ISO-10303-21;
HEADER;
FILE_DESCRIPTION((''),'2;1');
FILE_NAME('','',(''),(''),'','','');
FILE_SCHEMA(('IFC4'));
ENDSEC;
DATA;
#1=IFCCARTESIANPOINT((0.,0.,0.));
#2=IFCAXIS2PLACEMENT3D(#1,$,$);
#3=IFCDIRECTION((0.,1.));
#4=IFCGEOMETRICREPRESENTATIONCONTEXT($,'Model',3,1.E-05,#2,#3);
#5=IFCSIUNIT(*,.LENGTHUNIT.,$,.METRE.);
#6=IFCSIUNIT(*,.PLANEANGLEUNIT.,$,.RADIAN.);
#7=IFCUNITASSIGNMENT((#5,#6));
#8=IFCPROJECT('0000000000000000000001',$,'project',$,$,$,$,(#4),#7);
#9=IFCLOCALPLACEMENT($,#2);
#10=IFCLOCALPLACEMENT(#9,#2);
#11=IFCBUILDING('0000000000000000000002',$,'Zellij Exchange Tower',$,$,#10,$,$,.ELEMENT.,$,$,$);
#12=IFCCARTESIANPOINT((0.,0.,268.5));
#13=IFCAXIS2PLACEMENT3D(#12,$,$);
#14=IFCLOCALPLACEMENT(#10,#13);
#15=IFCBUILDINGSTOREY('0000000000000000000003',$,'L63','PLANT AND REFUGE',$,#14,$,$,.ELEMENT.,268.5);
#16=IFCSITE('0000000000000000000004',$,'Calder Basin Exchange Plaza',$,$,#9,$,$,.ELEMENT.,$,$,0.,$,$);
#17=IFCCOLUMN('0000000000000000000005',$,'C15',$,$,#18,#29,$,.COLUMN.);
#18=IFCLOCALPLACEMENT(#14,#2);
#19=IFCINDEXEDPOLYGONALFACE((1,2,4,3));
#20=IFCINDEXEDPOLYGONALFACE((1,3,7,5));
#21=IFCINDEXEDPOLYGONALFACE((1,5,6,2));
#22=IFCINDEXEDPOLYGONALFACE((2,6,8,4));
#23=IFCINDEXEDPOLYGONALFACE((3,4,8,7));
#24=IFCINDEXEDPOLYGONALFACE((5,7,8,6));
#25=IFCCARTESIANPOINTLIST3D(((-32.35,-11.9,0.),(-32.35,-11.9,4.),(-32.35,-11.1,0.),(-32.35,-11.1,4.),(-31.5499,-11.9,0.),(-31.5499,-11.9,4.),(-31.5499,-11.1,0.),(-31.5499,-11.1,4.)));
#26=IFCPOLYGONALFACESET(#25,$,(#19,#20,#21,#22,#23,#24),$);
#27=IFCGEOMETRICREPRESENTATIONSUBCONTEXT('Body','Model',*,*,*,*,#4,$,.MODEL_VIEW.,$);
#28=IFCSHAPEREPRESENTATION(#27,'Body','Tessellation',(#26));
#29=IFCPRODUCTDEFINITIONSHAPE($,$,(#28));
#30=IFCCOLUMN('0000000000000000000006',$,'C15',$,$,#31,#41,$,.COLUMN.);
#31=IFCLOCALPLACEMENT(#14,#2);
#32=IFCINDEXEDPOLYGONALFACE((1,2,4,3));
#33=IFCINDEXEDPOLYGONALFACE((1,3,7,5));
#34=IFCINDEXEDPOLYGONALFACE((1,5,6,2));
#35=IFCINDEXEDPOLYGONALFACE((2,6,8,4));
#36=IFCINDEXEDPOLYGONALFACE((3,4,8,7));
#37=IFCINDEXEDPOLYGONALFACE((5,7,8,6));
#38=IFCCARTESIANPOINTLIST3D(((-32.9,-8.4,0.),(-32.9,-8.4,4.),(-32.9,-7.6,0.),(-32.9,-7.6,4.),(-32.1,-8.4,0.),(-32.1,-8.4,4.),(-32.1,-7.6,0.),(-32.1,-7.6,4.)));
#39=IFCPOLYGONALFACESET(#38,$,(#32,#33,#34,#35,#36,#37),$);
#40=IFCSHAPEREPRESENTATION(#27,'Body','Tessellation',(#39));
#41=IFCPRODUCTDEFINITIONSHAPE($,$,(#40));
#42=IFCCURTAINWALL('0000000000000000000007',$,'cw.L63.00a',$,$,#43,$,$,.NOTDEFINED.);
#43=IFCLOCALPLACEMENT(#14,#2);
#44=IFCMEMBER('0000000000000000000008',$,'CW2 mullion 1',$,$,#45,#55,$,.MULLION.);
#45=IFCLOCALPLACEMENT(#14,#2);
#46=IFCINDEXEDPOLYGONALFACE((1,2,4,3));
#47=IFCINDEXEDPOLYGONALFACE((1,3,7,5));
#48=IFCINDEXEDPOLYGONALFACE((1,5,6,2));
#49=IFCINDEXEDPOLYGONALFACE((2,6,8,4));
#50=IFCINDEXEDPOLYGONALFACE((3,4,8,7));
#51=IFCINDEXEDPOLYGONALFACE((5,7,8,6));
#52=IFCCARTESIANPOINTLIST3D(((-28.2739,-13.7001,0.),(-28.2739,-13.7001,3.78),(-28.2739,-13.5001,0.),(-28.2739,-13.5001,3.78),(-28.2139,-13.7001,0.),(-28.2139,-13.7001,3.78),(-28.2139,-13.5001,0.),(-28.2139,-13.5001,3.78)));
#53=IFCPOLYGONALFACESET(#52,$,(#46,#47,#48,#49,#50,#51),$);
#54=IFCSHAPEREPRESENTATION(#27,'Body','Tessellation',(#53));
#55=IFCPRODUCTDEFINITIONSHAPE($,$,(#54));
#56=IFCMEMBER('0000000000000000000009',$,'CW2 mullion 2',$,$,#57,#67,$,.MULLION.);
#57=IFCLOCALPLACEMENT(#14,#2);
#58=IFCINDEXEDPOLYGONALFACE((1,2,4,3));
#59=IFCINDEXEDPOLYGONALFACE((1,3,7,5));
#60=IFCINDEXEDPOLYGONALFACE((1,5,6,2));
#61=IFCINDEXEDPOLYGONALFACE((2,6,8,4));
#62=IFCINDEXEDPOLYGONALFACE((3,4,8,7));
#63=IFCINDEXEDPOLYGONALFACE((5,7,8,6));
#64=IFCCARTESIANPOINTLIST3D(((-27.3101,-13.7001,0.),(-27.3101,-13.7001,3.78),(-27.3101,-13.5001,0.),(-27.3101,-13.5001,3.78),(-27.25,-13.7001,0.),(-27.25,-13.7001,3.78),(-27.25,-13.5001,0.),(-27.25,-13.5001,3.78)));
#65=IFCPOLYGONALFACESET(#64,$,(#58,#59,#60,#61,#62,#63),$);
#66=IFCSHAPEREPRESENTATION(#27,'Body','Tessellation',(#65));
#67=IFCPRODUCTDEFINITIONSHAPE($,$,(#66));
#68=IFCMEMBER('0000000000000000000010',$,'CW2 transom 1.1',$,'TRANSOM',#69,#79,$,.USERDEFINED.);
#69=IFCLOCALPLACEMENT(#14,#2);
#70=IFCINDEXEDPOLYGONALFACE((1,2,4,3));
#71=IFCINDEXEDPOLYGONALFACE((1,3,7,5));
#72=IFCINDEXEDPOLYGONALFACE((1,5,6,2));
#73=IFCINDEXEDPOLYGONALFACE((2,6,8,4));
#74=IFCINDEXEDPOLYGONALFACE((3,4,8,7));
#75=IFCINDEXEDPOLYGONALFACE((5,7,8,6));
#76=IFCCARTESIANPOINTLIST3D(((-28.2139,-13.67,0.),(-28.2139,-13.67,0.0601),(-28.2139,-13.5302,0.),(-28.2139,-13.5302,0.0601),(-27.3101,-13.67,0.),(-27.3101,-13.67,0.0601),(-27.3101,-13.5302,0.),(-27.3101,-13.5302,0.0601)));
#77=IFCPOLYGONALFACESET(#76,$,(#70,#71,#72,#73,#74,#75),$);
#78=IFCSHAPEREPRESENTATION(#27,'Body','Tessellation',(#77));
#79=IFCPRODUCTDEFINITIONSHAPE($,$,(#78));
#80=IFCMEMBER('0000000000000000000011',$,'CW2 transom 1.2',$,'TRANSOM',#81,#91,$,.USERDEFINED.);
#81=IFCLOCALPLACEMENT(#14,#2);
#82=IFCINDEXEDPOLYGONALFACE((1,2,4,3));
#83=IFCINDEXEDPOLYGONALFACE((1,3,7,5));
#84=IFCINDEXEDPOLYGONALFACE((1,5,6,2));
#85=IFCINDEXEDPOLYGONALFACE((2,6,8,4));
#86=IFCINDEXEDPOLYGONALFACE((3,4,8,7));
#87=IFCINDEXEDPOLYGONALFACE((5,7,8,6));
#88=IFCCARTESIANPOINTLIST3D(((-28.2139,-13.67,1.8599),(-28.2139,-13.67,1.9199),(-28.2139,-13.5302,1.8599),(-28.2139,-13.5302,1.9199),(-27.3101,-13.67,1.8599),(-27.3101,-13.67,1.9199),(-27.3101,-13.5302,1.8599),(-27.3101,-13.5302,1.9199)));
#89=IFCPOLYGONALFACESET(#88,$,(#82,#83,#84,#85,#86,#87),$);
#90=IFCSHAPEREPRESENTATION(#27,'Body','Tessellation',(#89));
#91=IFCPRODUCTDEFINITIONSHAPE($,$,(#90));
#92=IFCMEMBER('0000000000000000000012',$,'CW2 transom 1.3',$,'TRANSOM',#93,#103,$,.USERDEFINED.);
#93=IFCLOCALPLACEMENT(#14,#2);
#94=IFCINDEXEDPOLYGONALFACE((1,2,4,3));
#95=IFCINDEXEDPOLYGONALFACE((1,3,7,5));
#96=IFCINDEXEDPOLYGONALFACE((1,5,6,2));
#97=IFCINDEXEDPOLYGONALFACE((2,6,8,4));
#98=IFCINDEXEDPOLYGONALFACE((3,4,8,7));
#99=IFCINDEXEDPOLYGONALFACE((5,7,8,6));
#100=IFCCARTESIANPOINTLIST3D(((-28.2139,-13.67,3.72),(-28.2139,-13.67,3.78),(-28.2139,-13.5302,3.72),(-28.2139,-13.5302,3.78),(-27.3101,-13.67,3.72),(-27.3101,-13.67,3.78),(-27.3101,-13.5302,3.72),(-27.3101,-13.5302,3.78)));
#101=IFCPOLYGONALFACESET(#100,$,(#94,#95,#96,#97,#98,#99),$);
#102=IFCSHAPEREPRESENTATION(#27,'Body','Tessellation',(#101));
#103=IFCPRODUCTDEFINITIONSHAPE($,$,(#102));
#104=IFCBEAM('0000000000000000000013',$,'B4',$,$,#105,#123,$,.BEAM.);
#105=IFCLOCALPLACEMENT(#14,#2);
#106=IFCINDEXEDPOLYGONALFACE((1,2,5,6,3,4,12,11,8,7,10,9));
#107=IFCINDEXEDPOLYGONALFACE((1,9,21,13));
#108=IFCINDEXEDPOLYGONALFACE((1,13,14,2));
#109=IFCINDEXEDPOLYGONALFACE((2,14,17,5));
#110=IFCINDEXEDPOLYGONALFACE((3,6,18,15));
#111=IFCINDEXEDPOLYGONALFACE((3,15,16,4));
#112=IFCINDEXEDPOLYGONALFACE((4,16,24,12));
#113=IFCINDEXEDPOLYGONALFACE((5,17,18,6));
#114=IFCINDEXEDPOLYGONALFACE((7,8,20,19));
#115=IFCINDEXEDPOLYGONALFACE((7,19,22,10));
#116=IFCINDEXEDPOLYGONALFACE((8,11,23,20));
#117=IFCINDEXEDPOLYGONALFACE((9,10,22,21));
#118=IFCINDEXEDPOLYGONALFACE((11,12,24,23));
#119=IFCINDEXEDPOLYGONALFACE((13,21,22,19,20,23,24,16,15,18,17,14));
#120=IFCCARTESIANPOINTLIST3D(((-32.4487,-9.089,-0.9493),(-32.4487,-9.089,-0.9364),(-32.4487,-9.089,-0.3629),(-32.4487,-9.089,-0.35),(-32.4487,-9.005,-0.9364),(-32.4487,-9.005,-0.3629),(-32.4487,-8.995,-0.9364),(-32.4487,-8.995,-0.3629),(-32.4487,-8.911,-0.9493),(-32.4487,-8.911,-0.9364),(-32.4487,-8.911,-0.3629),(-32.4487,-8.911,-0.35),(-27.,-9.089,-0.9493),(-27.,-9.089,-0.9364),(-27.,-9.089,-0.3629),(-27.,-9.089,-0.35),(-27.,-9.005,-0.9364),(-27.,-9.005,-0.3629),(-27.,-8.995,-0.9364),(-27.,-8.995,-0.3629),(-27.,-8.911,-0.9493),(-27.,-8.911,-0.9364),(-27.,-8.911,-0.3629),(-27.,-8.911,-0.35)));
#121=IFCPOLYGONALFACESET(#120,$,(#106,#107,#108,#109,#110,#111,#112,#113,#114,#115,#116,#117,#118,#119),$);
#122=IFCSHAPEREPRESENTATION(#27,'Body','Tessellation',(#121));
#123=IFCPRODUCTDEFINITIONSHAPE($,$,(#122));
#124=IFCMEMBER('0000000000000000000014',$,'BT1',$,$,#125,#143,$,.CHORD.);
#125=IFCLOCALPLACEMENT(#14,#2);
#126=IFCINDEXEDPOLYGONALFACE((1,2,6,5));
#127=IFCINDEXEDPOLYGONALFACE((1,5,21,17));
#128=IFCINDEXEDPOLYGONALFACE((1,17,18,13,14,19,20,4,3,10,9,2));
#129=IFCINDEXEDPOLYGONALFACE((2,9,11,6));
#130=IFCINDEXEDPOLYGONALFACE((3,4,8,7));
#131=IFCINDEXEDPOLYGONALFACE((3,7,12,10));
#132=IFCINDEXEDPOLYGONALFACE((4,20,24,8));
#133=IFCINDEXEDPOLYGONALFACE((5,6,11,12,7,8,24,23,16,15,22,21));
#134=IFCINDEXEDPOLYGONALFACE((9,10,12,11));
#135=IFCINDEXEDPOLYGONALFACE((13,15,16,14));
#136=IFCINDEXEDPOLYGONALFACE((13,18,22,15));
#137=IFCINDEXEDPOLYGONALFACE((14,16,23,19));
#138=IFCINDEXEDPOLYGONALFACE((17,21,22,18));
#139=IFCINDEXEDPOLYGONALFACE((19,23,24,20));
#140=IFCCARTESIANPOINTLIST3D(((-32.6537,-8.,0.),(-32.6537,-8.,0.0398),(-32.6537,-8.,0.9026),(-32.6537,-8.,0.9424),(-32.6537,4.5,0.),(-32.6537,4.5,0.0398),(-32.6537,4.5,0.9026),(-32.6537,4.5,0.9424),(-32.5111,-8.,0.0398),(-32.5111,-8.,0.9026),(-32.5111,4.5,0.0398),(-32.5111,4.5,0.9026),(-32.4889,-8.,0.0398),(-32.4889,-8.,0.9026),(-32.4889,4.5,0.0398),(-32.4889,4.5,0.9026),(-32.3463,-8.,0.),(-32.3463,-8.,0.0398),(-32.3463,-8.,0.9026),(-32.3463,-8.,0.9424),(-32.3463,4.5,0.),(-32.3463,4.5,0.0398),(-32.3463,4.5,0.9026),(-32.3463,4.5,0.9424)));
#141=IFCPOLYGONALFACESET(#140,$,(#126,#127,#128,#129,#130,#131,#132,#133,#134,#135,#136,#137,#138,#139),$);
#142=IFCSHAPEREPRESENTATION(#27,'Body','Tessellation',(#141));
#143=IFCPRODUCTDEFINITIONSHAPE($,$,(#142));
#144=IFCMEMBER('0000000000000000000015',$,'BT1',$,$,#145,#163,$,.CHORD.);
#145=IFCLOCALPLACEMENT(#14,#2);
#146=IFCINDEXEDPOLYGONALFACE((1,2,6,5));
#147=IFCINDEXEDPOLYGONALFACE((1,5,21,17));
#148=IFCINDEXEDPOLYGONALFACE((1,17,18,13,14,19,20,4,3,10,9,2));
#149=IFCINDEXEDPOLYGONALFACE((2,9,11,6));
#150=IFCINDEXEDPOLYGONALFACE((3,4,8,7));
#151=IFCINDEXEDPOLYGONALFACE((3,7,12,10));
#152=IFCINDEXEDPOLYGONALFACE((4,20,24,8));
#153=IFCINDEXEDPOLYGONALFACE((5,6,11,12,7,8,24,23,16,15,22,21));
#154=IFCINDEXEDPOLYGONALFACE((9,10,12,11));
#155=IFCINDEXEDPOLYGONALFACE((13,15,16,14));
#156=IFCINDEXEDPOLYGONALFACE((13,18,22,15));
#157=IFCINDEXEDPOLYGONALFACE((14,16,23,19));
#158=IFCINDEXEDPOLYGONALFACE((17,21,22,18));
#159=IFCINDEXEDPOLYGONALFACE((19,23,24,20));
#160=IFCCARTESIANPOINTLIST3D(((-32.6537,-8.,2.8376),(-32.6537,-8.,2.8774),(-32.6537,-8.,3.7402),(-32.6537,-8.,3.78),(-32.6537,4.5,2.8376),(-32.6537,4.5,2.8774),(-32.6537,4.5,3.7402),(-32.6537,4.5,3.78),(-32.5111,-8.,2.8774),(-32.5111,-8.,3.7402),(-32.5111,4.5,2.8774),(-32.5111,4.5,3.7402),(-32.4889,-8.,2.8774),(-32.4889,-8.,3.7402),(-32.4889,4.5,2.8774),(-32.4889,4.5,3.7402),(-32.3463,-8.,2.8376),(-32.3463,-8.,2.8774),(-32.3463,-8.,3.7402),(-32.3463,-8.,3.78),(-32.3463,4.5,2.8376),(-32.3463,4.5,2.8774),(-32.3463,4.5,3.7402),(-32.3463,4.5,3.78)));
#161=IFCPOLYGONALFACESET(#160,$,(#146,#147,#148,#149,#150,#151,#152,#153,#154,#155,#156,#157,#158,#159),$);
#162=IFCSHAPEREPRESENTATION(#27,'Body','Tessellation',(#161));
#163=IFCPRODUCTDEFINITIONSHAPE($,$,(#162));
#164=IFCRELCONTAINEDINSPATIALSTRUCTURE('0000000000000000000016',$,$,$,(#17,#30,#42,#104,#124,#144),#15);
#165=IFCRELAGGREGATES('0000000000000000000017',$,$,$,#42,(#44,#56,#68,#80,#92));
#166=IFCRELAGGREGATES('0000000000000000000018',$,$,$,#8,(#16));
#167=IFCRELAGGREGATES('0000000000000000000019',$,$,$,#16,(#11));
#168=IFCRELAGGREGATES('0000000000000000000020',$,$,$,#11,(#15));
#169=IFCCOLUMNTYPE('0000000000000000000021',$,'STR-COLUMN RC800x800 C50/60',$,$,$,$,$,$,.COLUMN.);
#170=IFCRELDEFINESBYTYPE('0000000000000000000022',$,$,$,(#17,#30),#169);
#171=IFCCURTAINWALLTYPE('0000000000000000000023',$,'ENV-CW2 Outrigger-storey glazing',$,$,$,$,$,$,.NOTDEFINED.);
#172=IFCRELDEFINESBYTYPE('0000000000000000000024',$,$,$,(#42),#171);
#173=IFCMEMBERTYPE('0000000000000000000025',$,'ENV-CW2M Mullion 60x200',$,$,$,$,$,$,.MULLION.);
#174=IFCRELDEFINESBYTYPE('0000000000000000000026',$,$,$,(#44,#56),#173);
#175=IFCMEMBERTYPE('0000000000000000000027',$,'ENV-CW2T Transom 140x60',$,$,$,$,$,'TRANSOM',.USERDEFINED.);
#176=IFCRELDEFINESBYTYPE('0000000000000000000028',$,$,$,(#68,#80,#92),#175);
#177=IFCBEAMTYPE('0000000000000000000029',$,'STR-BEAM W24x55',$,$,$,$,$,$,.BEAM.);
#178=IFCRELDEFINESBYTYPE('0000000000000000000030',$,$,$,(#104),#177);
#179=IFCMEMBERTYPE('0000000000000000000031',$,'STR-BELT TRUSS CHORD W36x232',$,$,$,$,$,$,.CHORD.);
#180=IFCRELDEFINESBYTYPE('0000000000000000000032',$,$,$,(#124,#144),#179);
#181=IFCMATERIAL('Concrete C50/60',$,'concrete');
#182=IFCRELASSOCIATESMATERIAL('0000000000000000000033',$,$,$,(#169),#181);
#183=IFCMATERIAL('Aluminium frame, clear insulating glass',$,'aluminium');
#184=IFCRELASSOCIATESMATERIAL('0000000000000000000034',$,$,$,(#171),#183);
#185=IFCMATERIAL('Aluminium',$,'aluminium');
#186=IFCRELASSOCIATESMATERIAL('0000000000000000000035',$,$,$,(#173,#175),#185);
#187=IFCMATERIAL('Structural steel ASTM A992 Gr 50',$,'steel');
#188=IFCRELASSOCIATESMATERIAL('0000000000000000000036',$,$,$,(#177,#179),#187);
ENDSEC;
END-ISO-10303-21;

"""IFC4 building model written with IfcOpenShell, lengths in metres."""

from ifc_helpers import new_model, si_unit, direction, frame, origin, origin_2d, place, context, subcontext, project, spatial, rectangle, i_section, extrude, material, material_profile, profile_set, type_object, element, aggregate, save


model = new_model("IFC4")

# Units and contexts
model_context = context("Model", 3, precision=1e-05, world=origin(), true_north=direction((0.0, 1.0)))
body_context = subcontext(model_context, "Body", "Model", "MODEL_VIEW")
ifc_project = project(units=[si_unit("LENGTHUNIT", "METRE"), si_unit("PLANEANGLEUNIT", "RADIAN")], contexts=[model_context])

# Site, building, storey
site_placement = place(None, origin())
site = spatial("IfcSite", under=ifc_project, at=site_placement, Name="Calder Basin Exchange Plaza", CompositionType="ELEMENT", RefElevation=0.0)
building_placement = place(site_placement, origin())
building = spatial("IfcBuilding", under=site, at=building_placement, Name="Zellij Exchange Tower", CompositionType="ELEMENT")
storey_placement = place(building_placement, frame((0.0, 0.0, 268.5)))
storey = spatial("IfcBuildingStorey", under=building, at=storey_placement, Name="L63", Description="PLANT AND REFUGE", CompositionType="ELEMENT", Elevation=268.5)

# Columns
ifc_material_1 = material(Name="Concrete C50/60", Category="concrete")
ifc_material_profile_1 = material_profile(ifc_material_1, rectangle(XDim=0.8, YDim=0.8, at=origin_2d()), Name="STR-COLUMN RC800x800 C50/60")
ifc_profile_set_1 = profile_set([ifc_material_profile_1], Name="Concrete C50/60")
column_type = type_object("IfcColumnType", Name="STR-COLUMN RC800x800 C50/60", PredefinedType="COLUMN", material=ifc_profile_set_1)
for number, where, z_axis, x_axis, name in (
    (1, (-31.95, -11.5, 0.0), (0.0, 0.0, 1.0), (1.0, 0.0, 0.0), "C15"),
    (2, (-32.5, -8.0, 0.0), (0.0, 0.0, 1.0), (1.0, 0.0, 0.0), "C15"),
):
    element("IfcColumn", number, at=place(storey_placement, frame(where, z_axis=z_axis, x_axis=x_axis)), inside=storey, type_object=column_type, Name=name, PredefinedType="COLUMN", context=body_context, shape_type="SweptSolid", body=[
        extrude(rectangle(XDim=0.8, YDim=0.8, at=origin_2d()), origin(), (0.0, 0.0, 1.0), 4.0),
    ])

# Curtain wall, members
ifc_material_2 = material(Name="Aluminium frame, clear insulating glass", Category="aluminium")
curtain_wall_type = type_object("IfcCurtainWallType", Name="ENV-CW2 Outrigger-storey glazing", PredefinedType="NOTDEFINED", material=ifc_material_2)
curtain_wall_placement = place(storey_placement, origin())
curtain_wall = element("IfcCurtainWall", 3, at=curtain_wall_placement, inside=storey, type_object=curtain_wall_type, Name="cw.L63.00a", PredefinedType="NOTDEFINED")
ifc_material_3 = material(Name="Aluminium", Category="aluminium")
ifc_material_profile_2 = material_profile(ifc_material_3, rectangle(XDim=0.0601, YDim=0.2, at=origin_2d()), Name="AL 60x200")
ifc_profile_set_2 = profile_set([ifc_material_profile_2], Name="Aluminium")
member_type_1 = type_object("IfcMemberType", Name="ENV-CW2M Mullion 60x200", PredefinedType="MULLION", material=ifc_profile_set_2)
member_1_placement = place(storey_placement, frame((-28.2439, -13.6001, 0.0), z_axis=(0.0, 0.0, 1.0), x_axis=(1.0, 0.0, 0.0)))
member_1 = element("IfcMember", 4, at=member_1_placement, type_object=member_type_1, Name="CW2 mullion 1", PredefinedType="MULLION", context=body_context, shape_type="SweptSolid", body=[
    extrude(rectangle(XDim=0.0601, YDim=0.2, at=origin_2d()), origin(), (0.0, 0.0, 1.0), 3.78),
])
member_2_placement = place(storey_placement, frame((-27.28, -13.6001, 0.0), z_axis=(0.0, 0.0, 1.0), x_axis=(1.0, 0.0, 0.0)))
member_2 = element("IfcMember", 5, at=member_2_placement, type_object=member_type_1, Name="CW2 mullion 2", PredefinedType="MULLION", context=body_context, shape_type="SweptSolid", body=[
    extrude(rectangle(XDim=0.0601, YDim=0.2, at=origin_2d()), origin(), (0.0, 0.0, 1.0), 3.78),
])
ifc_material_profile_3 = material_profile(ifc_material_3, rectangle(XDim=0.1399, YDim=0.0601, at=origin_2d()), Name="AL 140x60")
ifc_profile_set_3 = profile_set([ifc_material_profile_3], Name="Aluminium")
member_type_2 = type_object("IfcMemberType", Name="ENV-CW2T Transom 140x60", ElementType="TRANSOM", PredefinedType="USERDEFINED", material=ifc_profile_set_3)
member_3_placement = place(storey_placement, frame((-28.2139, -13.6001, 0.03), z_axis=(1.0, 0.0, 0.0), x_axis=(0.0, 1.0, 0.0)))
member_3 = element("IfcMember", 6, at=member_3_placement, type_object=member_type_2, Name="CW2 transom 1.1", ObjectType="TRANSOM", PredefinedType="USERDEFINED", context=body_context, shape_type="SweptSolid", body=[
    extrude(rectangle(XDim=0.1399, YDim=0.0601, at=origin_2d()), origin(), (0.0, 0.0, 1.0), 0.9038),
])
member_4_placement = place(storey_placement, frame((-28.2139, -13.6001, 1.8899), z_axis=(1.0, 0.0, 0.0), x_axis=(0.0, 1.0, 0.0)))
member_4 = element("IfcMember", 7, at=member_4_placement, type_object=member_type_2, Name="CW2 transom 1.2", ObjectType="TRANSOM", PredefinedType="USERDEFINED", context=body_context, shape_type="SweptSolid", body=[
    extrude(rectangle(XDim=0.1399, YDim=0.0601, at=origin_2d()), origin(), (0.0, 0.0, 1.0), 0.9038),
])
member_5_placement = place(storey_placement, frame((-28.2139, -13.6001, 3.75), z_axis=(1.0, 0.0, 0.0), x_axis=(0.0, 1.0, 0.0)))
member_5 = element("IfcMember", 8, at=member_5_placement, type_object=member_type_2, Name="CW2 transom 1.3", ObjectType="TRANSOM", PredefinedType="USERDEFINED", context=body_context, shape_type="SweptSolid", body=[
    extrude(rectangle(XDim=0.1399, YDim=0.0601, at=origin_2d()), origin(), (0.0, 0.0, 1.0), 0.9038),
])

# Beam
ifc_material_4 = material(Name="Structural steel ASTM A992 Gr 50", Category="steel")
ifc_material_profile_4 = material_profile(ifc_material_4, i_section(OverallWidth=0.178, OverallDepth=0.5994, WebThickness=0.01, FlangeThickness=0.0129, at=origin_2d()), Name="W24x55")
ifc_profile_set_4 = profile_set([ifc_material_profile_4], Name="Structural steel ASTM A992 Gr 50")
beam_type_1 = type_object("IfcBeamType", Name="STR-BEAM W24x55", PredefinedType="BEAM", material=ifc_profile_set_4)
beam_1_placement = place(storey_placement, frame((-32.4487, -9.0, -0.6497), z_axis=(1.0, 0.0, 0.0), x_axis=(0.0, 1.0, 0.0)))
element("IfcBeam", 9, at=beam_1_placement, inside=storey, type_object=beam_type_1, Name="B4", PredefinedType="BEAM", context=body_context, shape_type="SweptSolid", body=[
    extrude(i_section(OverallWidth=0.178, OverallDepth=0.5994, WebThickness=0.01, FlangeThickness=0.0129, at=origin_2d()), origin(), (0.0, 0.0, 1.0), 5.4487),
])

# Members
ifc_material_profile_5 = material_profile(ifc_material_4, i_section(OverallWidth=0.3074, OverallDepth=0.9424, WebThickness=0.0222, FlangeThickness=0.0398, at=origin_2d()), Name="W36x232")
ifc_profile_set_5 = profile_set([ifc_material_profile_5], Name="Structural steel ASTM A992 Gr 50")
member_type_3 = type_object("IfcMemberType", Name="STR-BELT TRUSS CHORD W36x232", PredefinedType="CHORD", material=ifc_profile_set_5)
for number, where, z_axis, x_axis, name in (
    (10, (-32.5, -8.0, 0.4712), (0.0, 1.0, 0.0), (-1.0, 0.0, 0.0), "BT1"),
    (11, (-32.5, -8.0, 3.3088), (0.0, 1.0, 0.0), (-1.0, 0.0, 0.0), "BT1"),
):
    element("IfcMember", number, at=place(storey_placement, frame(where, z_axis=z_axis, x_axis=x_axis)), inside=storey, type_object=member_type_3, Name=name, PredefinedType="CHORD", context=body_context, shape_type="SweptSolid", body=[
        extrude(i_section(OverallWidth=0.3074, OverallDepth=0.9424, WebThickness=0.0222, FlangeThickness=0.0398, at=origin_2d()), origin(), (0.0, 0.0, 1.0), 12.5),
    ])

aggregate(curtain_wall, [member_1, member_2, member_3, member_4, member_5])

save(model, "model.ifc")
